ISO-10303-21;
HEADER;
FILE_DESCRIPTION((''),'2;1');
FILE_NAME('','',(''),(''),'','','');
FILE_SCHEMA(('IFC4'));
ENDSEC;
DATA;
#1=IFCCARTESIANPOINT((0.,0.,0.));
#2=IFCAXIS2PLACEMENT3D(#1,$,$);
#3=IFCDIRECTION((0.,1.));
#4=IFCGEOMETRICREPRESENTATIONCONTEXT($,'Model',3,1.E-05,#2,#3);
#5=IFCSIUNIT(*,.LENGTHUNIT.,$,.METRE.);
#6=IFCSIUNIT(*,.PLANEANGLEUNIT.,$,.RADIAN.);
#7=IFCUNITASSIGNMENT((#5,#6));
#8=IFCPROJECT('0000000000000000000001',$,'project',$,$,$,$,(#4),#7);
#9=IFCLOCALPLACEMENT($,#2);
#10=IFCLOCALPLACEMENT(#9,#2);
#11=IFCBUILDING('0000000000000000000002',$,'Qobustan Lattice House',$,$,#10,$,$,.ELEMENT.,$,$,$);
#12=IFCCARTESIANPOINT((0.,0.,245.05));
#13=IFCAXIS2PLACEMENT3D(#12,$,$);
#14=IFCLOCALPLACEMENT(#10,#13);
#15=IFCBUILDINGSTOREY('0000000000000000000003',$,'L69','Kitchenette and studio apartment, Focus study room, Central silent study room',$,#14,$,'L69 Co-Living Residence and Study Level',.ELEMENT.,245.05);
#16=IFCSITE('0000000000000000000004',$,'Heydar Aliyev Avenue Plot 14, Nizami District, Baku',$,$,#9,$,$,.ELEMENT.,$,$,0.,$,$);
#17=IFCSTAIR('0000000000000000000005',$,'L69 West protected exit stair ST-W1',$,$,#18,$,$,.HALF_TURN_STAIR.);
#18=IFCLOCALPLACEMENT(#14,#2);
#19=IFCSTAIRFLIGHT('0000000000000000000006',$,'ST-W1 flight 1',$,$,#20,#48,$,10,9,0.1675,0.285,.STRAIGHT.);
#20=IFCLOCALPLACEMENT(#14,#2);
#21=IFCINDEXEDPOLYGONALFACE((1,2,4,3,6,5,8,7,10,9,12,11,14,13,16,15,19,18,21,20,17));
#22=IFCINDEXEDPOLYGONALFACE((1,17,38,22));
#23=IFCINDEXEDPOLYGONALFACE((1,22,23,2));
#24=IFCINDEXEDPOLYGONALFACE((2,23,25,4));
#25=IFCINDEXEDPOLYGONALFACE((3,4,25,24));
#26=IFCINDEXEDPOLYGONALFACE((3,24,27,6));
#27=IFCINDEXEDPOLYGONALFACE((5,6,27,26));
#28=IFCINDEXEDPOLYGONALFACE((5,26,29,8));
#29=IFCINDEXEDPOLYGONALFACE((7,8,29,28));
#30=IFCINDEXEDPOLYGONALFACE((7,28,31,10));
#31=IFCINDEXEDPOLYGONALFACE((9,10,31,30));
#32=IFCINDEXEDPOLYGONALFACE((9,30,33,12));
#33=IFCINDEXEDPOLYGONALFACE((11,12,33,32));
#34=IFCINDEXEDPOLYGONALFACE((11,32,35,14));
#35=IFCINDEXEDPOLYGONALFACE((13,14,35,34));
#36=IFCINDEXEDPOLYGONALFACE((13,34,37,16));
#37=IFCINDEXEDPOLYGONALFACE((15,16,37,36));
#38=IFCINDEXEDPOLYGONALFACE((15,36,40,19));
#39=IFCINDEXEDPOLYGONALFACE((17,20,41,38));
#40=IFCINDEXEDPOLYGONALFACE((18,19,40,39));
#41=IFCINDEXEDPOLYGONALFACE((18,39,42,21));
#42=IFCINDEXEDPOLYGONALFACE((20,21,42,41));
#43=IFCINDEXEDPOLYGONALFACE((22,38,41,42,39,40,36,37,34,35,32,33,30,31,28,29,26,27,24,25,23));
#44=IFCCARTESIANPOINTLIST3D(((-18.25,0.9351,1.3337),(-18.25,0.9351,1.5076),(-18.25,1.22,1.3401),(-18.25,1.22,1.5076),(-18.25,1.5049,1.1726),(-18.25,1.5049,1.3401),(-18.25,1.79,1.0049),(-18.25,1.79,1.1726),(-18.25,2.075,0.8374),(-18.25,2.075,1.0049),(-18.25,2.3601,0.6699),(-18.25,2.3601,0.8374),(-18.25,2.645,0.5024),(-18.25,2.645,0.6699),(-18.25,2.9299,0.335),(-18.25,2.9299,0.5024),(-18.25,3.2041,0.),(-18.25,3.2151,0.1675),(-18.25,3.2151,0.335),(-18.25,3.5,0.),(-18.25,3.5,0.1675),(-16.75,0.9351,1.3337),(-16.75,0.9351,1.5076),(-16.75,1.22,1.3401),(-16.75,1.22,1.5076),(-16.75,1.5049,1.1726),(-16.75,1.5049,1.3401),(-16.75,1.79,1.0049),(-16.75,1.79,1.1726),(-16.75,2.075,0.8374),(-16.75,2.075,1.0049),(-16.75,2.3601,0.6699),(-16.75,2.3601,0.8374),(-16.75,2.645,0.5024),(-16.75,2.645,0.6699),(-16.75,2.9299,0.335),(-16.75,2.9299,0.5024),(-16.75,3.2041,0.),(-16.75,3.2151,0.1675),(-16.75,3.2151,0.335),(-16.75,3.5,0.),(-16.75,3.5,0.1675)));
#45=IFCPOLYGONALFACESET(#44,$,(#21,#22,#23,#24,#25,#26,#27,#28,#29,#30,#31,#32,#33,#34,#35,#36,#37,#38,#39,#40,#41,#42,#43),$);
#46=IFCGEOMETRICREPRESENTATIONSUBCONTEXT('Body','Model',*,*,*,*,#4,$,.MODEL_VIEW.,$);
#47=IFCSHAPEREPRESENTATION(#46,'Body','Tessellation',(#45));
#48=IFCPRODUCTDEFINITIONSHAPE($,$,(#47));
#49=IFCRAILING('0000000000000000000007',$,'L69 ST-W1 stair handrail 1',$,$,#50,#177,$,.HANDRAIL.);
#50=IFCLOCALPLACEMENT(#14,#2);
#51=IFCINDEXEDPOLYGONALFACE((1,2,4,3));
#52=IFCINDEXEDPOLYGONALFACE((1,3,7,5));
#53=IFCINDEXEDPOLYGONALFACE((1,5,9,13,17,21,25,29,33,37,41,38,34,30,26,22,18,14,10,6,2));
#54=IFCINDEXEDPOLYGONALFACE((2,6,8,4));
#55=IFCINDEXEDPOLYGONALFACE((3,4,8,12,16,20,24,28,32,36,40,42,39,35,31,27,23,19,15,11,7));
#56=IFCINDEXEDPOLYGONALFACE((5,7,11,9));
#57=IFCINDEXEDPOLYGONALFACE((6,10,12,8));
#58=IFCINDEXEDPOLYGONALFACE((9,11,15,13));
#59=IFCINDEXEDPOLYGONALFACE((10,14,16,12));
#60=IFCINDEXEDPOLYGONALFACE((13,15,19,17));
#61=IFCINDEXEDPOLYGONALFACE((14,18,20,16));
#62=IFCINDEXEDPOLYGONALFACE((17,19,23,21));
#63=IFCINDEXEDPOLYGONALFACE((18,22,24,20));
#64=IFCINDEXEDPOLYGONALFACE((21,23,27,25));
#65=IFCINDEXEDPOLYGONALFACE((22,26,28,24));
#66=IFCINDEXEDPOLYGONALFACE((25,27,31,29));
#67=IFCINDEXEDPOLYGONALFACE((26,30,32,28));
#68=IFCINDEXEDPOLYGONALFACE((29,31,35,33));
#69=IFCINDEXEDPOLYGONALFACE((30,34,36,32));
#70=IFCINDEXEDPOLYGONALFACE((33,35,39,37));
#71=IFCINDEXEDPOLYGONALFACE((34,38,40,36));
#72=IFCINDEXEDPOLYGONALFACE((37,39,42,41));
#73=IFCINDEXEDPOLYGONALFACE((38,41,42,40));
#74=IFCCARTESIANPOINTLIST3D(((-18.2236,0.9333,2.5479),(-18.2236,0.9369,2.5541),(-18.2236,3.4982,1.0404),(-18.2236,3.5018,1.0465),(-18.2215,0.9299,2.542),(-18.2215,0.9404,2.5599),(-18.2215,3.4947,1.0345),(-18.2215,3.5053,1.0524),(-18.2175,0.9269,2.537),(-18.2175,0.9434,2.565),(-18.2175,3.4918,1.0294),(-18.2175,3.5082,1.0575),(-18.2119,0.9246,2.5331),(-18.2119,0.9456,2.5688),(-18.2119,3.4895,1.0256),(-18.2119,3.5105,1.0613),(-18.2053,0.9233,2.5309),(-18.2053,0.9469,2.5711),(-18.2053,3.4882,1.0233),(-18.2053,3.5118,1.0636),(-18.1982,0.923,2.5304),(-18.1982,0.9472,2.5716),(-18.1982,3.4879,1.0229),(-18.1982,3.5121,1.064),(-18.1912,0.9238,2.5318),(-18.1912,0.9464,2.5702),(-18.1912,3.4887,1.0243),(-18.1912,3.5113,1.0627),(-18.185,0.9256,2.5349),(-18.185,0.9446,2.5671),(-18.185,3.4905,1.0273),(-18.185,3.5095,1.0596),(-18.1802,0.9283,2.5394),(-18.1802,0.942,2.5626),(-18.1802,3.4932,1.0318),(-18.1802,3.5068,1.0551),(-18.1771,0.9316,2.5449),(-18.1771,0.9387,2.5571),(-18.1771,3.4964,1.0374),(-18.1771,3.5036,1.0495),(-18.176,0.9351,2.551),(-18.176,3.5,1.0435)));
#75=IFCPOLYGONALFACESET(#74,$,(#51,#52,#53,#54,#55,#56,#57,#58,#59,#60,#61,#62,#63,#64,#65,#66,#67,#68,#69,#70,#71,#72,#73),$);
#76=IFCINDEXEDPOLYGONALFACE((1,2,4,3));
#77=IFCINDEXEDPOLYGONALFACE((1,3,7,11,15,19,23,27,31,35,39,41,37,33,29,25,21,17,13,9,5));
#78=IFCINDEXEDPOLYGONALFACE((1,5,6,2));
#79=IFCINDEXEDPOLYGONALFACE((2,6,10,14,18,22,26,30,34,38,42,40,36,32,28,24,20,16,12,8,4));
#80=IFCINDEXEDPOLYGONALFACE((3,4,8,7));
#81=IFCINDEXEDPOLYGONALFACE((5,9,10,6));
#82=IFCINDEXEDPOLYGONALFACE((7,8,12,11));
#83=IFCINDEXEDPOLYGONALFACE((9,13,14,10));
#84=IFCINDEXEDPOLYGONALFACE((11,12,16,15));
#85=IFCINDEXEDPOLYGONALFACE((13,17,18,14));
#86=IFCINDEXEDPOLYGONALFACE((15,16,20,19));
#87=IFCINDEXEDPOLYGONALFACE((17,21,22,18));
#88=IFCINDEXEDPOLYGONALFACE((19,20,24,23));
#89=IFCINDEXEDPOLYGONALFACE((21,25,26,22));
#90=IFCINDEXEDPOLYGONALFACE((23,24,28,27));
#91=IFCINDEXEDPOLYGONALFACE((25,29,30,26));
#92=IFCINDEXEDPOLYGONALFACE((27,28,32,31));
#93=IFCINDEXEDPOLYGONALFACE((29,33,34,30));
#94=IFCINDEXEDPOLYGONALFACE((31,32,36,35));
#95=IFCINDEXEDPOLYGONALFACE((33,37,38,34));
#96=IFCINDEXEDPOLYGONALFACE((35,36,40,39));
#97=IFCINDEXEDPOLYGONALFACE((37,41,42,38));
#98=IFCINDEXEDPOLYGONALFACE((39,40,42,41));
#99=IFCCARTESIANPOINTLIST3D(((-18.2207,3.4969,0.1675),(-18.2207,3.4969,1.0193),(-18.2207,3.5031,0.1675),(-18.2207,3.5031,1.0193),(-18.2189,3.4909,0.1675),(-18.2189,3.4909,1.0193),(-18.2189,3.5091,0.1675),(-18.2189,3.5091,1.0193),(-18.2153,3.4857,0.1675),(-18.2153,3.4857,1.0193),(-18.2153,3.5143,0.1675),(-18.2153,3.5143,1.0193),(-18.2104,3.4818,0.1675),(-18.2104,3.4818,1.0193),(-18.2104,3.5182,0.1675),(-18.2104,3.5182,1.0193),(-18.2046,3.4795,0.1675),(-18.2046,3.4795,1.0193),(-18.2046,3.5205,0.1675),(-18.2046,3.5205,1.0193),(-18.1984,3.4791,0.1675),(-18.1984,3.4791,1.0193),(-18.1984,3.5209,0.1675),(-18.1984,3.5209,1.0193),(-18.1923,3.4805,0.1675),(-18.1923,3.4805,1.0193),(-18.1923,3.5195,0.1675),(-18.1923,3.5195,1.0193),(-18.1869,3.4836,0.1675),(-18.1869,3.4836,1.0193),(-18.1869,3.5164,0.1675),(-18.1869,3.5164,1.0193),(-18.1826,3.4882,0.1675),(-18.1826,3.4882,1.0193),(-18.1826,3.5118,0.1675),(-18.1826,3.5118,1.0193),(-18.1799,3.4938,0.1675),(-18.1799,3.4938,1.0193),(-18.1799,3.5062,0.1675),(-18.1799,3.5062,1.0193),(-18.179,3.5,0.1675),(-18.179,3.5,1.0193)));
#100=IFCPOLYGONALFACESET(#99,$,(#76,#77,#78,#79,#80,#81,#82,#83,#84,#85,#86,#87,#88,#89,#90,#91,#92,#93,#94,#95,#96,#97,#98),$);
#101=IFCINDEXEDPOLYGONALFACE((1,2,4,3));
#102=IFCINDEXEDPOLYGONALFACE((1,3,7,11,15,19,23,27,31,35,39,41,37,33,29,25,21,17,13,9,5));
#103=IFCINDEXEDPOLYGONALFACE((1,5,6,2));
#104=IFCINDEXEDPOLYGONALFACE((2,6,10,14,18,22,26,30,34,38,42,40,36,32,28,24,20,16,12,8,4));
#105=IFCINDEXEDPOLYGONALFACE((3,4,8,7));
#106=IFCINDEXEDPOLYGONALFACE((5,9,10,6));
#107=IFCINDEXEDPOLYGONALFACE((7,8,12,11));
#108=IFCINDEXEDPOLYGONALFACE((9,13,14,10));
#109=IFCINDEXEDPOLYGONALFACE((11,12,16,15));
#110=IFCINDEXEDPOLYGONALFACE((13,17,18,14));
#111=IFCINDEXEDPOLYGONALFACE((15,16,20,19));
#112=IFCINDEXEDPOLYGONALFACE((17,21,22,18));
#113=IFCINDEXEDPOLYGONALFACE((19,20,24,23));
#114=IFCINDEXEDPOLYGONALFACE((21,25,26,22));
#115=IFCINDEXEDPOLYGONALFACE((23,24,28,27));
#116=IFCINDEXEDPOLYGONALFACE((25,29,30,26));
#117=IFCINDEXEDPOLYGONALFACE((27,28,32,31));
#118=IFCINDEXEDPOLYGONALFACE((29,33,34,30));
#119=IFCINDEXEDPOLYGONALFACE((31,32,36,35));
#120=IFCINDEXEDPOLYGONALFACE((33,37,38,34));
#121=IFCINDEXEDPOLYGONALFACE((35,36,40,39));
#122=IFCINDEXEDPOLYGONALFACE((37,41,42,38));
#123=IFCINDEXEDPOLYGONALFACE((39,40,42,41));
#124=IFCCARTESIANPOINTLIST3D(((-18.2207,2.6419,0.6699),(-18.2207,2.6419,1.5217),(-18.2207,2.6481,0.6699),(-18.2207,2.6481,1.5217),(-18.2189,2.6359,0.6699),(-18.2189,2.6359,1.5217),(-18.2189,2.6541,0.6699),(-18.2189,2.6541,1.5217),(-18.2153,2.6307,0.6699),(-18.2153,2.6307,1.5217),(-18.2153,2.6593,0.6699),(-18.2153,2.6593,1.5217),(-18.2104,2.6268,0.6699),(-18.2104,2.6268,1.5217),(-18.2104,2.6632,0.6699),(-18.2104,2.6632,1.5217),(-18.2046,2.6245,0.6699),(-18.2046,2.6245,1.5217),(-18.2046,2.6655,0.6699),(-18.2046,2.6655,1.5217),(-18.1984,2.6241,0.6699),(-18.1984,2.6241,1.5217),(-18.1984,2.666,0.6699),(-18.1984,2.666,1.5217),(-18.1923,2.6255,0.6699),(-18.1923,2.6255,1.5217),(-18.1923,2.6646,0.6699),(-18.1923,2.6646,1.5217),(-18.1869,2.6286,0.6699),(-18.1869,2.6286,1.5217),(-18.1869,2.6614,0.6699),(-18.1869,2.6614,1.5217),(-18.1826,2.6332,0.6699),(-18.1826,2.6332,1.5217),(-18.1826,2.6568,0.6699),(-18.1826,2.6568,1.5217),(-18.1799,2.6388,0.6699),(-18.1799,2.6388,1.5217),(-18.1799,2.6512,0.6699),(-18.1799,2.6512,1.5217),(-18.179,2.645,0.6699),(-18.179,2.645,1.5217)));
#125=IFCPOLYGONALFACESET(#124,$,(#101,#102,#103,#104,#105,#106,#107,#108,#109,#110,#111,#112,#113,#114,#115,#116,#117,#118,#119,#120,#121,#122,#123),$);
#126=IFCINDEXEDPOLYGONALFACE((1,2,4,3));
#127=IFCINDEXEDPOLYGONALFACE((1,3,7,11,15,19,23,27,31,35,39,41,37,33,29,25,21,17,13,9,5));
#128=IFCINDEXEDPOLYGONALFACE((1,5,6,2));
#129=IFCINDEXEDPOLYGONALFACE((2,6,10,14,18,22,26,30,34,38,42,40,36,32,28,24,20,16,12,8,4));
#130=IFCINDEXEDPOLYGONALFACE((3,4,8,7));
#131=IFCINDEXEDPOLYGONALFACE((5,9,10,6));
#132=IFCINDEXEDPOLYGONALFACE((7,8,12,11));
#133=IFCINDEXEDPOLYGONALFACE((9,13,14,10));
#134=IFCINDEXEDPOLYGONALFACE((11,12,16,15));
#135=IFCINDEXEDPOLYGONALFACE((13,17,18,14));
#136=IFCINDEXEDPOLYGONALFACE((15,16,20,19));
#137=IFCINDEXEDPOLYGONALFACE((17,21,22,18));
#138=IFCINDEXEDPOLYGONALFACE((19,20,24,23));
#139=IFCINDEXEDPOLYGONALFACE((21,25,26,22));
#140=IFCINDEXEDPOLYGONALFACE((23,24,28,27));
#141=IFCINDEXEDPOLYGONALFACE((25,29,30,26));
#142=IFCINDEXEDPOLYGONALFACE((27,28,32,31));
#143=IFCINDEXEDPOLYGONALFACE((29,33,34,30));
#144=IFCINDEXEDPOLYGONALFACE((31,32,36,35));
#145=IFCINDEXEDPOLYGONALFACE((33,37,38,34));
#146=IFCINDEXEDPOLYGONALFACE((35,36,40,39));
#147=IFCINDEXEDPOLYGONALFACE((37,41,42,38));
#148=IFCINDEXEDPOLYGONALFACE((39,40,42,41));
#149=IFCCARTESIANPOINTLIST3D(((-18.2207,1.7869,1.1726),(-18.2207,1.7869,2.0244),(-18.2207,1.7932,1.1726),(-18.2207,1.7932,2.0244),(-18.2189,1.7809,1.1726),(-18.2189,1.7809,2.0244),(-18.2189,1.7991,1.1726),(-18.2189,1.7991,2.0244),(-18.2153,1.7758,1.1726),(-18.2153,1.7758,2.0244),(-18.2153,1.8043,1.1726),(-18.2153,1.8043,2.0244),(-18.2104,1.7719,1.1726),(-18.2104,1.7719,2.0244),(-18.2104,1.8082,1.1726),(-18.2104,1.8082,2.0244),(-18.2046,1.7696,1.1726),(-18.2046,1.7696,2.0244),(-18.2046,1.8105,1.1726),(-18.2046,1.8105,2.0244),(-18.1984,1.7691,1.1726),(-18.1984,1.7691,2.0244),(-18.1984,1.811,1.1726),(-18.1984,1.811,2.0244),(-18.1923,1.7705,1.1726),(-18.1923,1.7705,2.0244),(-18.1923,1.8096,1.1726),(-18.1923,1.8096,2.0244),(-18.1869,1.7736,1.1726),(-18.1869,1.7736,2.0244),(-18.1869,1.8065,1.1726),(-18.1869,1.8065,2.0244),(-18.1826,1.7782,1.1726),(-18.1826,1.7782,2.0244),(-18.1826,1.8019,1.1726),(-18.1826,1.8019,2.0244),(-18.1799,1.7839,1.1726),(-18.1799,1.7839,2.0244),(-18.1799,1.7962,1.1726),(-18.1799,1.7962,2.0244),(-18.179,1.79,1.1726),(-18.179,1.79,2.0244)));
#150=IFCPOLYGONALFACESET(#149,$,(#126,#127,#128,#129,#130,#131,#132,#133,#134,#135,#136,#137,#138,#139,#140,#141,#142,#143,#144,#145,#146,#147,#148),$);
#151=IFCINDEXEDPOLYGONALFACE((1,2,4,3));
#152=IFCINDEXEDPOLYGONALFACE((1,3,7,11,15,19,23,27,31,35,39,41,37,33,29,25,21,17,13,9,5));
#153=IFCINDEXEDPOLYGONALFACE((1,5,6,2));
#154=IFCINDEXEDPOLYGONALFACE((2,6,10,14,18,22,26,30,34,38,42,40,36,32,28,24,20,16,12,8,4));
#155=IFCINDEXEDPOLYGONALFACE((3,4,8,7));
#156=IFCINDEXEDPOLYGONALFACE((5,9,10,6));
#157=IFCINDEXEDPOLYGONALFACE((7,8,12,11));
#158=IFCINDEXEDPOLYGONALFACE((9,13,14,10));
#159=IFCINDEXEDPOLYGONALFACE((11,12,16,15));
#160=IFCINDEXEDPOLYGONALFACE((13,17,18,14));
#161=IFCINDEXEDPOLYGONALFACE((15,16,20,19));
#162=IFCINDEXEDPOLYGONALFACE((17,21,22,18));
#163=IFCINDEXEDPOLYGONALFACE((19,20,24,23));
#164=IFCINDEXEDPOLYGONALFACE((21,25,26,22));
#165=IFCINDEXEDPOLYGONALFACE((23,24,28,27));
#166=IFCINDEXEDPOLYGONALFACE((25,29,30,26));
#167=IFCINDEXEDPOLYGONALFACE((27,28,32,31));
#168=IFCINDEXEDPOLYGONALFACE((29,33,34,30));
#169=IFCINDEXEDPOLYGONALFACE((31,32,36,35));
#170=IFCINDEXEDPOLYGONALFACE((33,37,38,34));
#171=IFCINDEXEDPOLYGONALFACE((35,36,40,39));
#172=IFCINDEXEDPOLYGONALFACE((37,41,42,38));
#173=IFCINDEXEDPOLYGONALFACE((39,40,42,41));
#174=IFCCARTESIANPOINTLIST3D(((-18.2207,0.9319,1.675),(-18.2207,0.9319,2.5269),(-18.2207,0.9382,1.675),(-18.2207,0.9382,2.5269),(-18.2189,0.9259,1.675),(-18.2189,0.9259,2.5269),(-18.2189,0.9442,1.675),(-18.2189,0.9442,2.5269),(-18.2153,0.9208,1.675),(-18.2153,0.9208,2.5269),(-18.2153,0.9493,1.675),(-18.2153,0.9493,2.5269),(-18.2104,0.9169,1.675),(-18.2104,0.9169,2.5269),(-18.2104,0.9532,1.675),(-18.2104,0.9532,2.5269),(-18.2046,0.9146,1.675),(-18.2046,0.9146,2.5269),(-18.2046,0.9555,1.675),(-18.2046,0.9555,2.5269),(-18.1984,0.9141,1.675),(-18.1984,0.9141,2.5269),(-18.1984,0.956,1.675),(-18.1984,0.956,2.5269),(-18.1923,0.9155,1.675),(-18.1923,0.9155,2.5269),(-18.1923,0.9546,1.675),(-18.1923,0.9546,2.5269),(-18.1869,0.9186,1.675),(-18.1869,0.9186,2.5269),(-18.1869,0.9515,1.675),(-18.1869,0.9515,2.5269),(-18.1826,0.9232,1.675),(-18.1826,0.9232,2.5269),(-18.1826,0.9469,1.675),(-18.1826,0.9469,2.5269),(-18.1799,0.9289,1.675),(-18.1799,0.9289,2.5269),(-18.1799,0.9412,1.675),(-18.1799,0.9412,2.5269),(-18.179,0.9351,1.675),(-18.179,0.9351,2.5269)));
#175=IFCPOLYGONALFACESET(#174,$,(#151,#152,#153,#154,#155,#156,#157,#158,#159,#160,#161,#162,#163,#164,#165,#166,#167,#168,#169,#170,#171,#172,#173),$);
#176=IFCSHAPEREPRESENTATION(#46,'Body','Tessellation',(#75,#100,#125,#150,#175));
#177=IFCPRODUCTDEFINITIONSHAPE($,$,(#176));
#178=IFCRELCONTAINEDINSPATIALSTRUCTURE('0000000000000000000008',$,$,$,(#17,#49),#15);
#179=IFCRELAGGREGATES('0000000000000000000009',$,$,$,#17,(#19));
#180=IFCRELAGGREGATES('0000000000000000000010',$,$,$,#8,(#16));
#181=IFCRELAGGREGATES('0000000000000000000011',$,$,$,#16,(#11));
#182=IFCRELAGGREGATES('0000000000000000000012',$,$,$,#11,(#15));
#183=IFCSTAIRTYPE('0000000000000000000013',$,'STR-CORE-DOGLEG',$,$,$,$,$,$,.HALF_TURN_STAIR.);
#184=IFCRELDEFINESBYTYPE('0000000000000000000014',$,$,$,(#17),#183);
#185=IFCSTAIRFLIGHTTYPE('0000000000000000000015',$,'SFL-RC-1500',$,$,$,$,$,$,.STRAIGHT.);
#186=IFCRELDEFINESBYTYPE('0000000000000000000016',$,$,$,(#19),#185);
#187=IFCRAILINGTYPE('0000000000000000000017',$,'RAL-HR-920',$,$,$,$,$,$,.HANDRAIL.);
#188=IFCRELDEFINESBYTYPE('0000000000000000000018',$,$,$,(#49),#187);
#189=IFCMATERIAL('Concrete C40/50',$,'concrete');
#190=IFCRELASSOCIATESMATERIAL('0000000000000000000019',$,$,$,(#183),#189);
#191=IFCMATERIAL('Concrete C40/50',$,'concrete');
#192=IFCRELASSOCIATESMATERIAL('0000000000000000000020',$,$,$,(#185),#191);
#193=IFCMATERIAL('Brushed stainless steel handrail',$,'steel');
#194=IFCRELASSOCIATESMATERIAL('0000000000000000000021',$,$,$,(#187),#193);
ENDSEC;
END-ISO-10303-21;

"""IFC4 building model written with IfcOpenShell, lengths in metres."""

from ifc_helpers import new_model, si_unit, direction, frame, origin, origin_2d, place, context, subcontext, project, spatial, polyline, circle, outline, extrude, material, type_object, element, aggregate, save


model = new_model("IFC4")

# Units and contexts
model_context = context("Model", 3, precision=1e-05, world=origin(), true_north=direction((0.0, 1.0)))
body_context = subcontext(model_context, "Body", "Model", "MODEL_VIEW")
ifc_project = project(units=[si_unit("LENGTHUNIT", "METRE"), si_unit("PLANEANGLEUNIT", "RADIAN")], contexts=[model_context])

# Site, building, storey
site_placement = place(None, origin())
site = spatial("IfcSite", under=ifc_project, at=site_placement, Name="Heydar Aliyev Avenue Plot 14, Nizami District, Baku", CompositionType="ELEMENT", RefElevation=0.0)
building_placement = place(site_placement, origin())
building = spatial("IfcBuilding", under=site, at=building_placement, Name="Qobustan Lattice House", CompositionType="ELEMENT")
storey_placement = place(building_placement, frame((0.0, 0.0, 245.05)))
storey = spatial("IfcBuildingStorey", under=building, at=storey_placement, Name="L69", Description="Kitchenette and studio apartment, Focus study room, Central silent study room", LongName="L69 Co-Living Residence and Study Level", CompositionType="ELEMENT", Elevation=245.05)

# Stair, stair flight
ifc_material_1 = material(Name="Concrete C40/50", Category="concrete")
stair_type = type_object("IfcStairType", Name="STR-CORE-DOGLEG", PredefinedType="HALF_TURN_STAIR", material=ifc_material_1)
stair_placement = place(storey_placement, origin())
stair = element("IfcStair", 1, at=stair_placement, inside=storey, type_object=stair_type, Name="L69 West protected exit stair ST-W1", PredefinedType="HALF_TURN_STAIR")
ifc_material_2 = material(Name="Concrete C40/50", Category="concrete")
stair_flight_type = type_object("IfcStairFlightType", Name="SFL-RC-1500", PredefinedType="STRAIGHT", material=ifc_material_2)
stair_flight_placement = place(storey_placement, frame((-17.5, 3.5, 0.0), z_axis=(0.0, 0.0, 1.0), x_axis=(0.0, -1.0, 0.0)))
stair_flight = element("IfcStairFlight", 2, at=stair_flight_placement, type_object=stair_flight_type, Name="ST-W1 flight 1", NumberOfRisers=10, NumberOfTreads=9, PredefinedType="STRAIGHT", RiserHeight=0.1675, TreadLength=0.285, context=body_context, shape_type="SweptSolid", body=[
    extrude(outline(polyline([(0.0, 0.0), (0.0, 0.1675), (0.2849, 0.1675), (0.2849, 0.335), (0.5701, 0.335), (0.5701, 0.5024), (0.855, 0.5024), (0.855, 0.6699), (1.1399, 0.6699), (1.1399, 0.8374), (1.425, 0.8374), (1.425, 1.0049), (1.71, 1.0049), (1.71, 1.1726), (1.9951, 1.1726), (1.9951, 1.3401), (2.28, 1.3401), (2.28, 1.5076), (2.5649, 1.5076), (2.5649, 1.675), (2.5649, 1.3337), (0.2959, 0.0), (0.0, 0.0)])), frame((0.0, 0.75, 0.0), z_axis=(0.0, -1.0, 0.0), x_axis=(1.0, 0.0, 0.0)), (0.0, 0.0, 1.0), 1.5),
])
aggregate(stair, [stair_flight])

# Railing
ifc_material_3 = material(Name="Brushed stainless steel handrail", Category="steel")
railing_type = type_object("IfcRailingType", Name="RAL-HR-920", PredefinedType="HANDRAIL", material=ifc_material_3)
railing_placement = place(storey_placement, frame((-18.2, 3.5, 0.1675)))
element("IfcRailing", 3, at=railing_placement, inside=storey, type_object=railing_type, Name="L69 ST-W1 stair handrail 1", PredefinedType="HANDRAIL", context=body_context, shape_type="SweptSolid", body=[
    extrude(circle(Radius=0.0239, at=origin_2d()), frame((0.0, 0.0, 0.876), z_axis=(0.0, -0.862113, 0.506715), x_axis=(1.0, 0.0, 0.0)), (0.0, 0.0, 1.0), 2.9751),
    extrude(circle(Radius=0.021, at=origin_2d()), origin(), (0.0, 0.0, 1.0), 0.8518),
    extrude(circle(Radius=0.021, at=origin_2d()), frame((0.0, -0.855, 0.5024)), (0.0, 0.0, 1.0), 0.8518),
    extrude(circle(Radius=0.021, at=origin_2d()), frame((0.0, -1.71, 1.0051)), (0.0, 0.0, 1.0), 0.8518),
    extrude(circle(Radius=0.021, at=origin_2d()), frame((0.0, -2.5649, 1.5076)), (0.0, 0.0, 1.0), 0.8518),
])

save(model, "model.ifc")
